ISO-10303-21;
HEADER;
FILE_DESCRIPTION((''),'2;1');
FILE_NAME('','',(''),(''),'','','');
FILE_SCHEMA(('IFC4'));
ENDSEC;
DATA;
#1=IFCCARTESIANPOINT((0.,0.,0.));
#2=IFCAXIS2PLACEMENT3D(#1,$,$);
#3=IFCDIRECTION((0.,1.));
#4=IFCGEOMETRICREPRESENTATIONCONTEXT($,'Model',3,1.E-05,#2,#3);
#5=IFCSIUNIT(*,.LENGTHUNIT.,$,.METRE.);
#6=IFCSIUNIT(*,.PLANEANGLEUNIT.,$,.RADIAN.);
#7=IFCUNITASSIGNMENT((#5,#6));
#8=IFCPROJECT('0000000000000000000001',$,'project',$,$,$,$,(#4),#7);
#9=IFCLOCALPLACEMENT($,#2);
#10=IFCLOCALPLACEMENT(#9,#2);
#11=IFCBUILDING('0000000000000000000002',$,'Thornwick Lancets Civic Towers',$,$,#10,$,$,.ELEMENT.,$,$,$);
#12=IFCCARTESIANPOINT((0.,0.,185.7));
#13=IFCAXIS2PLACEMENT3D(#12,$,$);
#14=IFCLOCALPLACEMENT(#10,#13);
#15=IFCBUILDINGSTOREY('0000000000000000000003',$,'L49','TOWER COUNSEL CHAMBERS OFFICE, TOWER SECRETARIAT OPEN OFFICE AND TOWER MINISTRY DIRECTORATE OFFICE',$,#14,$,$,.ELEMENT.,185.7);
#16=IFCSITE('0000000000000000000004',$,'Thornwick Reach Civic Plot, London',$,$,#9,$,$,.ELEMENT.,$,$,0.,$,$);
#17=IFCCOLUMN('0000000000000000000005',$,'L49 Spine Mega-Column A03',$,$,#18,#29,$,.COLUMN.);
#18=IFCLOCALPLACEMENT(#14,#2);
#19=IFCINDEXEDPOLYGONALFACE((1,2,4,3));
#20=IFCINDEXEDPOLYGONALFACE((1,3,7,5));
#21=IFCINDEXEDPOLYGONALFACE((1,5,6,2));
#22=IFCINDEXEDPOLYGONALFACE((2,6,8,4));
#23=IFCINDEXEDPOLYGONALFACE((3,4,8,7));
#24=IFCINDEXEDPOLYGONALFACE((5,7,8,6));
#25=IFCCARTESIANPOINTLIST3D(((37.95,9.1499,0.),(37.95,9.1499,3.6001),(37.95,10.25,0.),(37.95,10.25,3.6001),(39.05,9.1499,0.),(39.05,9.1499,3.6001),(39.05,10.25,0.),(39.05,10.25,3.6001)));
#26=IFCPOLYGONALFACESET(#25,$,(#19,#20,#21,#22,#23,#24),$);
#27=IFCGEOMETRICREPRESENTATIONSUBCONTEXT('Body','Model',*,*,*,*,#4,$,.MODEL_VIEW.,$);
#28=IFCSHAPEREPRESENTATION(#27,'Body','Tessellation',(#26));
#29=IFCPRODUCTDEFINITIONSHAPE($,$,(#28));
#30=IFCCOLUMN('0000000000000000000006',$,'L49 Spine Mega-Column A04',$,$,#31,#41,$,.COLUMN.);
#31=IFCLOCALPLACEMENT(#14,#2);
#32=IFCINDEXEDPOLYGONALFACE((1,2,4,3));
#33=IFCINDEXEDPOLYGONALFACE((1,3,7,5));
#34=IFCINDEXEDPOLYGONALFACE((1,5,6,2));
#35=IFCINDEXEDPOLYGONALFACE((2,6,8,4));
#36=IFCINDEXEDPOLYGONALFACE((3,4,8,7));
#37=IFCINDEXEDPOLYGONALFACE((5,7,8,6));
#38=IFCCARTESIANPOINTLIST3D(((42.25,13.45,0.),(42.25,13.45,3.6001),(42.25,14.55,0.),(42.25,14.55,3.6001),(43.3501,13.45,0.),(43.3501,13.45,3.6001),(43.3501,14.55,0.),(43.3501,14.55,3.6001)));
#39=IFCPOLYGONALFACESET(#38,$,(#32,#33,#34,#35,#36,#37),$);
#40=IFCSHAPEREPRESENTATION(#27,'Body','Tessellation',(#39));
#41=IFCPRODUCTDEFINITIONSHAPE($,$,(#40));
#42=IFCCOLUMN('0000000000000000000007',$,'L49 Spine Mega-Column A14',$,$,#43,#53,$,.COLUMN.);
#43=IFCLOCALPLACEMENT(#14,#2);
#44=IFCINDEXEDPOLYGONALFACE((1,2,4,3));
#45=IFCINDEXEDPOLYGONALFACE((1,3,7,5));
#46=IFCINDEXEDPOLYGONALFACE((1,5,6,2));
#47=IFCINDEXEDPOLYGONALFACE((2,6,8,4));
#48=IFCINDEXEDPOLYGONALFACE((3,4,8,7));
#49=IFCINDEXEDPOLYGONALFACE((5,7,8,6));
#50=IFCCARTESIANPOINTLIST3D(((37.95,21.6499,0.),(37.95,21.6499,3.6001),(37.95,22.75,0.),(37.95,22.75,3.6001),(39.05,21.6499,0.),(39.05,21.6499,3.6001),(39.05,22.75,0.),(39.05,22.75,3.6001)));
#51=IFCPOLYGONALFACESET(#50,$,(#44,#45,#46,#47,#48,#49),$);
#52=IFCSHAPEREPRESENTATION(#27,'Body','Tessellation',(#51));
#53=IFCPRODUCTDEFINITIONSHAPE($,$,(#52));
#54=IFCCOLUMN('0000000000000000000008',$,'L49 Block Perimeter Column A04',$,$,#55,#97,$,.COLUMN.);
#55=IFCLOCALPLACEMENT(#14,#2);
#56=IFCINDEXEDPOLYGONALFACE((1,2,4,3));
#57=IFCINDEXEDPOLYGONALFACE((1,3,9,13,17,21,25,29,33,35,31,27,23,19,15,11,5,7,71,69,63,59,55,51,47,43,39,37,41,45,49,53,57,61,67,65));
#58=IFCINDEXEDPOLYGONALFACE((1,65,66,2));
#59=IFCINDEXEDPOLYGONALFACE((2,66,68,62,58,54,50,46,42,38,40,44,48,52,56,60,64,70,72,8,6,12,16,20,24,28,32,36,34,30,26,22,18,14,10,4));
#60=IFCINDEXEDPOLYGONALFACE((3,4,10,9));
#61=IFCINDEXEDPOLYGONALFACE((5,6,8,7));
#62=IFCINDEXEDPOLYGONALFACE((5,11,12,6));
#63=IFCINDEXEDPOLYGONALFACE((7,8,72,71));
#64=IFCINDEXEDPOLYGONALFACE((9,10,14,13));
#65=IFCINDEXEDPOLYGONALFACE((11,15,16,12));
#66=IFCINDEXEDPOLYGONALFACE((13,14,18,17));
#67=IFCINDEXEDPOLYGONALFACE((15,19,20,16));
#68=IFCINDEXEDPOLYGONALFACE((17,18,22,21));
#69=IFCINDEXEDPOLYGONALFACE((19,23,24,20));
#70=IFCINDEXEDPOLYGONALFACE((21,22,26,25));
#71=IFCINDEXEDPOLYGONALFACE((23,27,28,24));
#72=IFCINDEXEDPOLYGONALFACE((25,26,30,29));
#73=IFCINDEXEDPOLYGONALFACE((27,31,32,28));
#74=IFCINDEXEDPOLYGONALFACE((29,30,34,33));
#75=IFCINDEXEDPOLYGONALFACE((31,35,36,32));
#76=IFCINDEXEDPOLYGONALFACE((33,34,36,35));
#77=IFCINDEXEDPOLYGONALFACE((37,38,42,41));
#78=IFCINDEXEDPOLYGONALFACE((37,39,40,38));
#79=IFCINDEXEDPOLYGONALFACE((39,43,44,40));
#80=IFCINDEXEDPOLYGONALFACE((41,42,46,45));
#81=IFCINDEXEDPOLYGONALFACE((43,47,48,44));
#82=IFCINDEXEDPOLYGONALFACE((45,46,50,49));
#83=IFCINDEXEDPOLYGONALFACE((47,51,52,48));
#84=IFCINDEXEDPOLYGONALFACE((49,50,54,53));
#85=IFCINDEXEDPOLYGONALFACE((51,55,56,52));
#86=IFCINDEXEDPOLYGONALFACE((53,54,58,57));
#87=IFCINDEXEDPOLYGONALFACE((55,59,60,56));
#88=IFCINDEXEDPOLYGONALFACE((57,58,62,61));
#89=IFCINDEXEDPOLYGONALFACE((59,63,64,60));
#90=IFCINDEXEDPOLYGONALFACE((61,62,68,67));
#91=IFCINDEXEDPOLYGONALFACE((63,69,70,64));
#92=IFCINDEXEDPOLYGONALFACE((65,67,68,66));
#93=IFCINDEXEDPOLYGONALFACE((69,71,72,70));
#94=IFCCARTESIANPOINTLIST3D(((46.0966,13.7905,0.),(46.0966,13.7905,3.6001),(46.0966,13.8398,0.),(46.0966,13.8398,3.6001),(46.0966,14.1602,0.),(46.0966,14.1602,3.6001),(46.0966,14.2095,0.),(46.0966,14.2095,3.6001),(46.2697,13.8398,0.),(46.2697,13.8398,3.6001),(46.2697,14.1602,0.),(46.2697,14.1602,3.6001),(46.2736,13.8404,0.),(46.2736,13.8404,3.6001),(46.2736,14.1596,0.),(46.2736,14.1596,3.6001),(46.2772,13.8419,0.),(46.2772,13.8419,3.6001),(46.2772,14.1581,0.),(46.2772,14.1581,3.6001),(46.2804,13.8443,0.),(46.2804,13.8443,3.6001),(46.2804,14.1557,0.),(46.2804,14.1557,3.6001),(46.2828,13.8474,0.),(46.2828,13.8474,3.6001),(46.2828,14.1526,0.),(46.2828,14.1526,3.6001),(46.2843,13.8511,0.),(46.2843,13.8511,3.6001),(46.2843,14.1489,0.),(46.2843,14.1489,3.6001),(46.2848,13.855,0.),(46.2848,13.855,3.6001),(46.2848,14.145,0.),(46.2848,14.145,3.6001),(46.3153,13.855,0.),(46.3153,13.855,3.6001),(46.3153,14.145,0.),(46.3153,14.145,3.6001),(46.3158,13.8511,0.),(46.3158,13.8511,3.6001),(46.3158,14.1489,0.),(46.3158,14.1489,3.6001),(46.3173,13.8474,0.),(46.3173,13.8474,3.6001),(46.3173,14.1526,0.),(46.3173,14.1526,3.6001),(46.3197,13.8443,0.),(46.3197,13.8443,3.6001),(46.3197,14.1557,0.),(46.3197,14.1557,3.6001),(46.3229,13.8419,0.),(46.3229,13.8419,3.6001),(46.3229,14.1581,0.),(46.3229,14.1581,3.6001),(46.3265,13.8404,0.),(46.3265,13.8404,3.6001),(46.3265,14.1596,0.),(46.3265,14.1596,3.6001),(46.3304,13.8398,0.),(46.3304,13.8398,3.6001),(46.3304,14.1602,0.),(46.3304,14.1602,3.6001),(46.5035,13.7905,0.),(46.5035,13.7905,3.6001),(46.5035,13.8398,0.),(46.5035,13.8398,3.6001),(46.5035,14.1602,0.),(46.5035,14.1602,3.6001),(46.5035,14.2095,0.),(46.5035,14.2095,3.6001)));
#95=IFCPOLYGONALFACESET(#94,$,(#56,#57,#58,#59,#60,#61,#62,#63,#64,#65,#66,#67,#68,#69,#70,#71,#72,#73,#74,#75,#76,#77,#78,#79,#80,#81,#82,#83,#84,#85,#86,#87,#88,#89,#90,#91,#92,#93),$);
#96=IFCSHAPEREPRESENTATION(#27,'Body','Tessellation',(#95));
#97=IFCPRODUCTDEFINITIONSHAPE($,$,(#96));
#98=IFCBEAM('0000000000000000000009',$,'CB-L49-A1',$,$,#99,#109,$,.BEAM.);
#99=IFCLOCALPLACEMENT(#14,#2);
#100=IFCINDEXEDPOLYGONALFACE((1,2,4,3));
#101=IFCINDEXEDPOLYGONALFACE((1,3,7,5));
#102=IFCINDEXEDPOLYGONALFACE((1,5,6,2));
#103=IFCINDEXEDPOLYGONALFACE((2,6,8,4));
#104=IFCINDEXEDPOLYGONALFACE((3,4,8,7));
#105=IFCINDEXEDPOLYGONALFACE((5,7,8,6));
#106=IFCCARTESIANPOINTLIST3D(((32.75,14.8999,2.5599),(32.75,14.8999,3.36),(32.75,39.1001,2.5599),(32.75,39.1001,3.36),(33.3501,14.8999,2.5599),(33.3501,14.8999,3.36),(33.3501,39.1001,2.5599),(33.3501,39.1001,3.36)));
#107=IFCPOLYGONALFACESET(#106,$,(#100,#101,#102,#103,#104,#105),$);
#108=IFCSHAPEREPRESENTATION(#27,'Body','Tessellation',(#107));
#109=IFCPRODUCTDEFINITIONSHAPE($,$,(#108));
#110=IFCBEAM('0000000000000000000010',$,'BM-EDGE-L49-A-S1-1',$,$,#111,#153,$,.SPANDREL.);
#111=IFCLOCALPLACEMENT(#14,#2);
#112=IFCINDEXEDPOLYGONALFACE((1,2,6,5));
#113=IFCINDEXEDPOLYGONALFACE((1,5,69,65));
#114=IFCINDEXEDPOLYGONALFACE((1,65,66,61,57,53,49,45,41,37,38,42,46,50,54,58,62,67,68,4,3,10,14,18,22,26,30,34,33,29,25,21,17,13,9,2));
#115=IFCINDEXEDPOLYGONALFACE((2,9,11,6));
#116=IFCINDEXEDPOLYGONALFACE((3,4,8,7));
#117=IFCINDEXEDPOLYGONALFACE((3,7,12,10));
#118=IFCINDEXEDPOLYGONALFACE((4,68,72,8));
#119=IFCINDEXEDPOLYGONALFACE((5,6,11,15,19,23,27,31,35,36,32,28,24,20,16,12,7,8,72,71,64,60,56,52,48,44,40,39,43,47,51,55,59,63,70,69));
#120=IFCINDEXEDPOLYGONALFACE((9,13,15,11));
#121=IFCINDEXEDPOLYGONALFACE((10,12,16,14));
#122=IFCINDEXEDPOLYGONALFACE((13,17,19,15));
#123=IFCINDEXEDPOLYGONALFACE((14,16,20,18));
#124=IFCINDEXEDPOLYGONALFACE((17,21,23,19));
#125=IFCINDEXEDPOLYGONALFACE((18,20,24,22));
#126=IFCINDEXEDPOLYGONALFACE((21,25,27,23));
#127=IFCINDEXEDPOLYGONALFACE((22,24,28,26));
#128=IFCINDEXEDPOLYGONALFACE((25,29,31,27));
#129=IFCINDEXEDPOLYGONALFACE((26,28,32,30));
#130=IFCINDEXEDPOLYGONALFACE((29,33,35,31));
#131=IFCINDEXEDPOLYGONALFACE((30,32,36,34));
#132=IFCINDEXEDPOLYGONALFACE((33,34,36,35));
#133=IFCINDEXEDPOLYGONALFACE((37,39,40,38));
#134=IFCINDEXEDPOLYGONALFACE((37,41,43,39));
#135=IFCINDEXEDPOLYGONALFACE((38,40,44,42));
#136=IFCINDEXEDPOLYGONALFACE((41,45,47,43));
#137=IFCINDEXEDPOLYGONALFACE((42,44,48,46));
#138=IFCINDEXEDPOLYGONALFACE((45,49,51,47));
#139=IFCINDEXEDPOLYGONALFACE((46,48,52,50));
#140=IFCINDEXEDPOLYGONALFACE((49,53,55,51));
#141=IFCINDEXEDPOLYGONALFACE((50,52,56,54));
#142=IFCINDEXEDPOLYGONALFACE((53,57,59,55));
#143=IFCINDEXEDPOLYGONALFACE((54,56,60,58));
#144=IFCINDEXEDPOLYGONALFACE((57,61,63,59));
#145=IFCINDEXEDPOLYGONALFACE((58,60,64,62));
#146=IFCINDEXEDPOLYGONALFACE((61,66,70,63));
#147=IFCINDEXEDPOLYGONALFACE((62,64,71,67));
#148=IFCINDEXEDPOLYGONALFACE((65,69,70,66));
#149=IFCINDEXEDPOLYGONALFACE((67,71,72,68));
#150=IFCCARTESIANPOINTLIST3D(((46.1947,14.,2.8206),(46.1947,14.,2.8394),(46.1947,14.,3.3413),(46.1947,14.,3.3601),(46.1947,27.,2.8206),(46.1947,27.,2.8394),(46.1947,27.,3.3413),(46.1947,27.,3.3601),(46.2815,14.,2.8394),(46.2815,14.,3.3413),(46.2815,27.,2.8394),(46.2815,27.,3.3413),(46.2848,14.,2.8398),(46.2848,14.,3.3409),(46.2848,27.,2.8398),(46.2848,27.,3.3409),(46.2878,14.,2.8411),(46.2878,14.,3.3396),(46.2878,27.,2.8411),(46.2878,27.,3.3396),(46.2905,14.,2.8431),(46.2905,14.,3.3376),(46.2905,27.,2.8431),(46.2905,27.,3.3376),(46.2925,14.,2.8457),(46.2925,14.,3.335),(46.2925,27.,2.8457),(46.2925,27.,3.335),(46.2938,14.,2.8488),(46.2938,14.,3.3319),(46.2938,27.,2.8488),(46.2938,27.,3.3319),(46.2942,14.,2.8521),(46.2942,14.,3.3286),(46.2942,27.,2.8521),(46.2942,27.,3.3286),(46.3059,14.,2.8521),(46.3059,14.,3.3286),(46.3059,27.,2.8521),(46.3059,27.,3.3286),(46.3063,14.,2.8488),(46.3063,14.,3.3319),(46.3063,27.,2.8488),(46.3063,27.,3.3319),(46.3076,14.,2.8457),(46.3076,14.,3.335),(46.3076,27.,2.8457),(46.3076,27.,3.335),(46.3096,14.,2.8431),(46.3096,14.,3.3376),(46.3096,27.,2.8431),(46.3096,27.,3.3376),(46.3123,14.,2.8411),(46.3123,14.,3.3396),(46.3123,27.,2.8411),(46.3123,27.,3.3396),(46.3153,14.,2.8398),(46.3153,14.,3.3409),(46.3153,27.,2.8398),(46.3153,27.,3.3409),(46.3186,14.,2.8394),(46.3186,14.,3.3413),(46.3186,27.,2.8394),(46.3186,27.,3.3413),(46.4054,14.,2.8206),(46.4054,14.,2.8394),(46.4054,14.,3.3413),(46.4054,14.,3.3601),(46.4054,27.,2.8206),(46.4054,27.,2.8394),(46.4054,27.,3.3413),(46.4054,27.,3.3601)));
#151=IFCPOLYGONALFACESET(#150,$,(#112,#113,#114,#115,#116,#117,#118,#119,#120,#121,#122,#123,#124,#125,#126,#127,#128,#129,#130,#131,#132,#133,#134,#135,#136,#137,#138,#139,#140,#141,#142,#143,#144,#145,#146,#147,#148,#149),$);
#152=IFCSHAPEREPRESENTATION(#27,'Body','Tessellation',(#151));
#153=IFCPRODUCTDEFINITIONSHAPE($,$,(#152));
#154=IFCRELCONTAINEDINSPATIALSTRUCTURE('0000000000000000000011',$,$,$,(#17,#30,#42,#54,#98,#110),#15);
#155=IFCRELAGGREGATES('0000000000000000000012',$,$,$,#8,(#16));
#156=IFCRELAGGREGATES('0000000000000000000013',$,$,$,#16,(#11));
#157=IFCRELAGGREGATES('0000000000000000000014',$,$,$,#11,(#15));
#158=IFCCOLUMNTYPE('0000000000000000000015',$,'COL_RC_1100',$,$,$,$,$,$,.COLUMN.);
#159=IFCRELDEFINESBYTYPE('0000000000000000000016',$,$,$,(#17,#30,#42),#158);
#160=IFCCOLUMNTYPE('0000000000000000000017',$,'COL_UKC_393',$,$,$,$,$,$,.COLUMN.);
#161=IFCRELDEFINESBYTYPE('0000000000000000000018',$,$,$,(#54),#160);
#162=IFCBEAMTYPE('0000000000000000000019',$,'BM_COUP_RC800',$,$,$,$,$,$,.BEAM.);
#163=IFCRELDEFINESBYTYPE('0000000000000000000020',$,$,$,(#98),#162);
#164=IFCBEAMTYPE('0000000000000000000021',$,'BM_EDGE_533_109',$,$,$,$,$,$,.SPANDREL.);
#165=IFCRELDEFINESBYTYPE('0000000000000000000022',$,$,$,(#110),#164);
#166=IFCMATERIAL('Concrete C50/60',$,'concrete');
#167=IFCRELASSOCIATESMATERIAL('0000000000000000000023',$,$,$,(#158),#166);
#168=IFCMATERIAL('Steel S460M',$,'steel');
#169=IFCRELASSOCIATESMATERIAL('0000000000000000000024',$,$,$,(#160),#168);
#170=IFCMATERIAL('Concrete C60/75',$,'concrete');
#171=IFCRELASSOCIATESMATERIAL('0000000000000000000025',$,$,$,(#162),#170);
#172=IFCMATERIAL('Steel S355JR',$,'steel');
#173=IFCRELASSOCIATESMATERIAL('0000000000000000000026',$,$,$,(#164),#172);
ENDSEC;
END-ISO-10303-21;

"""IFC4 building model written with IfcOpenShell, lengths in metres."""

from ifc_helpers import new_model, si_unit, direction, frame, origin, origin_2d, place, context, subcontext, project, spatial, rectangle, i_section, extrude, material, material_profile, profile_set, type_object, element, save


model = new_model("IFC4")

# Units and contexts
model_context = context("Model", 3, precision=1e-05, world=origin(), true_north=direction((0.0, 1.0)))
body_context = subcontext(model_context, "Body", "Model", "MODEL_VIEW")
ifc_project = project(units=[si_unit("LENGTHUNIT", "METRE"), si_unit("PLANEANGLEUNIT", "RADIAN")], contexts=[model_context])

# Site, building, storey
site_placement = place(None, origin())
site = spatial("IfcSite", under=ifc_project, at=site_placement, Name="Thornwick Reach Civic Plot, London", CompositionType="ELEMENT", RefElevation=0.0)
building_placement = place(site_placement, origin())
building = spatial("IfcBuilding", under=site, at=building_placement, Name="Thornwick Lancets Civic Towers", CompositionType="ELEMENT")
storey_placement = place(building_placement, frame((0.0, 0.0, 185.7)))
storey = spatial("IfcBuildingStorey", under=building, at=storey_placement, Name="L49", Description="TOWER COUNSEL CHAMBERS OFFICE, TOWER SECRETARIAT OPEN OFFICE AND TOWER MINISTRY DIRECTORATE OFFICE", CompositionType="ELEMENT", Elevation=185.7)

# Columns
ifc_material_1 = material(Name="Concrete C50/60", Category="concrete")
ifc_material_profile_1 = material_profile(ifc_material_1, rectangle(XDim=1.1001, YDim=1.1001, at=origin_2d()), Name="RC 1100x1100")
ifc_profile_set_1 = profile_set([ifc_material_profile_1], Name="Concrete C50/60")
column_type_1 = type_object("IfcColumnType", Name="COL_RC_1100", PredefinedType="COLUMN", material=ifc_profile_set_1)
for number, where, z_axis, x_axis, name in (
    (1, (38.5, 9.7, 0.0), (0.0, 0.0, 1.0), (1.0, 0.0, 0.0), "L49 Spine Mega-Column A03"),
    (2, (42.8, 14.0, 0.0), (0.0, 0.0, 1.0), (1.0, 0.0, 0.0), "L49 Spine Mega-Column A04"),
    (3, (38.5, 22.2, 0.0), (0.0, 0.0, 1.0), (1.0, 0.0, 0.0), "L49 Spine Mega-Column A14"),
):
    element("IfcColumn", number, at=place(storey_placement, frame(where, z_axis=z_axis, x_axis=x_axis)), inside=storey, type_object=column_type_1, Name=name, PredefinedType="COLUMN", context=body_context, shape_type="SweptSolid", body=[
        extrude(rectangle(XDim=1.1001, YDim=1.1001, at=origin_2d()), origin(), (0.0, 0.0, 1.0), 3.6001),
    ])
ifc_material_2 = material(Name="Steel S460M", Category="steel")
ifc_material_profile_2 = material_profile(ifc_material_2, i_section(OverallWidth=0.407, OverallDepth=0.4189, WebThickness=0.0305, FlangeThickness=0.0493, FilletRadius=0.0151, at=origin_2d()), Name="UKC 356x406x393")
ifc_profile_set_2 = profile_set([ifc_material_profile_2], Name="Steel S460M")
column_type_2 = type_object("IfcColumnType", Name="COL_UKC_393", PredefinedType="COLUMN", material=ifc_profile_set_2)
column_placement = place(storey_placement, frame((46.3, 14.0, 0.0), z_axis=(0.0, 0.0, 1.0), x_axis=(1.0, 0.0, 0.0)))
element("IfcColumn", 4, at=column_placement, inside=storey, type_object=column_type_2, Name="L49 Block Perimeter Column A04", PredefinedType="COLUMN", context=body_context, shape_type="SweptSolid", body=[
    extrude(i_section(OverallWidth=0.407, OverallDepth=0.4189, WebThickness=0.0305, FlangeThickness=0.0493, FilletRadius=0.0151, at=origin_2d()), origin(), (0.0, 0.0, 1.0), 3.6001),
])

# Beams
ifc_material_3 = material(Name="Concrete C60/75", Category="concrete")
ifc_material_profile_3 = material_profile(ifc_material_3, rectangle(XDim=0.6001, YDim=0.8, at=origin_2d()), Name="RC 600x800")
ifc_profile_set_3 = profile_set([ifc_material_profile_3], Name="Concrete C60/75")
beam_type_1 = type_object("IfcBeamType", Name="BM_COUP_RC800", PredefinedType="BEAM", material=ifc_profile_set_3)
beam_1_placement = place(storey_placement, frame((33.05, 14.8999, 2.96), z_axis=(0.0, 1.0, 0.0), x_axis=(-1.0, 0.0, 0.0)))
element("IfcBeam", 5, at=beam_1_placement, inside=storey, type_object=beam_type_1, Name="CB-L49-A1", PredefinedType="BEAM", context=body_context, shape_type="SweptSolid", body=[
    extrude(rectangle(XDim=0.6001, YDim=0.8, at=origin_2d()), origin(), (0.0, 0.0, 1.0), 24.2002),
])
ifc_material_4 = material(Name="Steel S355JR", Category="steel")
ifc_material_profile_4 = material_profile(ifc_material_4, i_section(OverallWidth=0.2107, OverallDepth=0.5396, WebThickness=0.0117, FlangeThickness=0.0188, FilletRadius=0.0127, at=origin_2d()), Name="UKB 533x210x109")
ifc_profile_set_4 = profile_set([ifc_material_profile_4], Name="Steel S355JR")
beam_type_2 = type_object("IfcBeamType", Name="BM_EDGE_533_109", PredefinedType="SPANDREL", material=ifc_profile_set_4)
beam_2_placement = place(storey_placement, frame((46.3, 14.0, 3.0903), z_axis=(0.0, 1.0, 0.0), x_axis=(-1.0, 0.0, 0.0)))
element("IfcBeam", 6, at=beam_2_placement, inside=storey, type_object=beam_type_2, Name="BM-EDGE-L49-A-S1-1", PredefinedType="SPANDREL", context=body_context, shape_type="SweptSolid", body=[
    extrude(i_section(OverallWidth=0.2107, OverallDepth=0.5396, WebThickness=0.0117, FlangeThickness=0.0188, FilletRadius=0.0127, at=origin_2d()), origin(), (0.0, 0.0, 1.0), 13.0),
])

save(model, "model.ifc")
